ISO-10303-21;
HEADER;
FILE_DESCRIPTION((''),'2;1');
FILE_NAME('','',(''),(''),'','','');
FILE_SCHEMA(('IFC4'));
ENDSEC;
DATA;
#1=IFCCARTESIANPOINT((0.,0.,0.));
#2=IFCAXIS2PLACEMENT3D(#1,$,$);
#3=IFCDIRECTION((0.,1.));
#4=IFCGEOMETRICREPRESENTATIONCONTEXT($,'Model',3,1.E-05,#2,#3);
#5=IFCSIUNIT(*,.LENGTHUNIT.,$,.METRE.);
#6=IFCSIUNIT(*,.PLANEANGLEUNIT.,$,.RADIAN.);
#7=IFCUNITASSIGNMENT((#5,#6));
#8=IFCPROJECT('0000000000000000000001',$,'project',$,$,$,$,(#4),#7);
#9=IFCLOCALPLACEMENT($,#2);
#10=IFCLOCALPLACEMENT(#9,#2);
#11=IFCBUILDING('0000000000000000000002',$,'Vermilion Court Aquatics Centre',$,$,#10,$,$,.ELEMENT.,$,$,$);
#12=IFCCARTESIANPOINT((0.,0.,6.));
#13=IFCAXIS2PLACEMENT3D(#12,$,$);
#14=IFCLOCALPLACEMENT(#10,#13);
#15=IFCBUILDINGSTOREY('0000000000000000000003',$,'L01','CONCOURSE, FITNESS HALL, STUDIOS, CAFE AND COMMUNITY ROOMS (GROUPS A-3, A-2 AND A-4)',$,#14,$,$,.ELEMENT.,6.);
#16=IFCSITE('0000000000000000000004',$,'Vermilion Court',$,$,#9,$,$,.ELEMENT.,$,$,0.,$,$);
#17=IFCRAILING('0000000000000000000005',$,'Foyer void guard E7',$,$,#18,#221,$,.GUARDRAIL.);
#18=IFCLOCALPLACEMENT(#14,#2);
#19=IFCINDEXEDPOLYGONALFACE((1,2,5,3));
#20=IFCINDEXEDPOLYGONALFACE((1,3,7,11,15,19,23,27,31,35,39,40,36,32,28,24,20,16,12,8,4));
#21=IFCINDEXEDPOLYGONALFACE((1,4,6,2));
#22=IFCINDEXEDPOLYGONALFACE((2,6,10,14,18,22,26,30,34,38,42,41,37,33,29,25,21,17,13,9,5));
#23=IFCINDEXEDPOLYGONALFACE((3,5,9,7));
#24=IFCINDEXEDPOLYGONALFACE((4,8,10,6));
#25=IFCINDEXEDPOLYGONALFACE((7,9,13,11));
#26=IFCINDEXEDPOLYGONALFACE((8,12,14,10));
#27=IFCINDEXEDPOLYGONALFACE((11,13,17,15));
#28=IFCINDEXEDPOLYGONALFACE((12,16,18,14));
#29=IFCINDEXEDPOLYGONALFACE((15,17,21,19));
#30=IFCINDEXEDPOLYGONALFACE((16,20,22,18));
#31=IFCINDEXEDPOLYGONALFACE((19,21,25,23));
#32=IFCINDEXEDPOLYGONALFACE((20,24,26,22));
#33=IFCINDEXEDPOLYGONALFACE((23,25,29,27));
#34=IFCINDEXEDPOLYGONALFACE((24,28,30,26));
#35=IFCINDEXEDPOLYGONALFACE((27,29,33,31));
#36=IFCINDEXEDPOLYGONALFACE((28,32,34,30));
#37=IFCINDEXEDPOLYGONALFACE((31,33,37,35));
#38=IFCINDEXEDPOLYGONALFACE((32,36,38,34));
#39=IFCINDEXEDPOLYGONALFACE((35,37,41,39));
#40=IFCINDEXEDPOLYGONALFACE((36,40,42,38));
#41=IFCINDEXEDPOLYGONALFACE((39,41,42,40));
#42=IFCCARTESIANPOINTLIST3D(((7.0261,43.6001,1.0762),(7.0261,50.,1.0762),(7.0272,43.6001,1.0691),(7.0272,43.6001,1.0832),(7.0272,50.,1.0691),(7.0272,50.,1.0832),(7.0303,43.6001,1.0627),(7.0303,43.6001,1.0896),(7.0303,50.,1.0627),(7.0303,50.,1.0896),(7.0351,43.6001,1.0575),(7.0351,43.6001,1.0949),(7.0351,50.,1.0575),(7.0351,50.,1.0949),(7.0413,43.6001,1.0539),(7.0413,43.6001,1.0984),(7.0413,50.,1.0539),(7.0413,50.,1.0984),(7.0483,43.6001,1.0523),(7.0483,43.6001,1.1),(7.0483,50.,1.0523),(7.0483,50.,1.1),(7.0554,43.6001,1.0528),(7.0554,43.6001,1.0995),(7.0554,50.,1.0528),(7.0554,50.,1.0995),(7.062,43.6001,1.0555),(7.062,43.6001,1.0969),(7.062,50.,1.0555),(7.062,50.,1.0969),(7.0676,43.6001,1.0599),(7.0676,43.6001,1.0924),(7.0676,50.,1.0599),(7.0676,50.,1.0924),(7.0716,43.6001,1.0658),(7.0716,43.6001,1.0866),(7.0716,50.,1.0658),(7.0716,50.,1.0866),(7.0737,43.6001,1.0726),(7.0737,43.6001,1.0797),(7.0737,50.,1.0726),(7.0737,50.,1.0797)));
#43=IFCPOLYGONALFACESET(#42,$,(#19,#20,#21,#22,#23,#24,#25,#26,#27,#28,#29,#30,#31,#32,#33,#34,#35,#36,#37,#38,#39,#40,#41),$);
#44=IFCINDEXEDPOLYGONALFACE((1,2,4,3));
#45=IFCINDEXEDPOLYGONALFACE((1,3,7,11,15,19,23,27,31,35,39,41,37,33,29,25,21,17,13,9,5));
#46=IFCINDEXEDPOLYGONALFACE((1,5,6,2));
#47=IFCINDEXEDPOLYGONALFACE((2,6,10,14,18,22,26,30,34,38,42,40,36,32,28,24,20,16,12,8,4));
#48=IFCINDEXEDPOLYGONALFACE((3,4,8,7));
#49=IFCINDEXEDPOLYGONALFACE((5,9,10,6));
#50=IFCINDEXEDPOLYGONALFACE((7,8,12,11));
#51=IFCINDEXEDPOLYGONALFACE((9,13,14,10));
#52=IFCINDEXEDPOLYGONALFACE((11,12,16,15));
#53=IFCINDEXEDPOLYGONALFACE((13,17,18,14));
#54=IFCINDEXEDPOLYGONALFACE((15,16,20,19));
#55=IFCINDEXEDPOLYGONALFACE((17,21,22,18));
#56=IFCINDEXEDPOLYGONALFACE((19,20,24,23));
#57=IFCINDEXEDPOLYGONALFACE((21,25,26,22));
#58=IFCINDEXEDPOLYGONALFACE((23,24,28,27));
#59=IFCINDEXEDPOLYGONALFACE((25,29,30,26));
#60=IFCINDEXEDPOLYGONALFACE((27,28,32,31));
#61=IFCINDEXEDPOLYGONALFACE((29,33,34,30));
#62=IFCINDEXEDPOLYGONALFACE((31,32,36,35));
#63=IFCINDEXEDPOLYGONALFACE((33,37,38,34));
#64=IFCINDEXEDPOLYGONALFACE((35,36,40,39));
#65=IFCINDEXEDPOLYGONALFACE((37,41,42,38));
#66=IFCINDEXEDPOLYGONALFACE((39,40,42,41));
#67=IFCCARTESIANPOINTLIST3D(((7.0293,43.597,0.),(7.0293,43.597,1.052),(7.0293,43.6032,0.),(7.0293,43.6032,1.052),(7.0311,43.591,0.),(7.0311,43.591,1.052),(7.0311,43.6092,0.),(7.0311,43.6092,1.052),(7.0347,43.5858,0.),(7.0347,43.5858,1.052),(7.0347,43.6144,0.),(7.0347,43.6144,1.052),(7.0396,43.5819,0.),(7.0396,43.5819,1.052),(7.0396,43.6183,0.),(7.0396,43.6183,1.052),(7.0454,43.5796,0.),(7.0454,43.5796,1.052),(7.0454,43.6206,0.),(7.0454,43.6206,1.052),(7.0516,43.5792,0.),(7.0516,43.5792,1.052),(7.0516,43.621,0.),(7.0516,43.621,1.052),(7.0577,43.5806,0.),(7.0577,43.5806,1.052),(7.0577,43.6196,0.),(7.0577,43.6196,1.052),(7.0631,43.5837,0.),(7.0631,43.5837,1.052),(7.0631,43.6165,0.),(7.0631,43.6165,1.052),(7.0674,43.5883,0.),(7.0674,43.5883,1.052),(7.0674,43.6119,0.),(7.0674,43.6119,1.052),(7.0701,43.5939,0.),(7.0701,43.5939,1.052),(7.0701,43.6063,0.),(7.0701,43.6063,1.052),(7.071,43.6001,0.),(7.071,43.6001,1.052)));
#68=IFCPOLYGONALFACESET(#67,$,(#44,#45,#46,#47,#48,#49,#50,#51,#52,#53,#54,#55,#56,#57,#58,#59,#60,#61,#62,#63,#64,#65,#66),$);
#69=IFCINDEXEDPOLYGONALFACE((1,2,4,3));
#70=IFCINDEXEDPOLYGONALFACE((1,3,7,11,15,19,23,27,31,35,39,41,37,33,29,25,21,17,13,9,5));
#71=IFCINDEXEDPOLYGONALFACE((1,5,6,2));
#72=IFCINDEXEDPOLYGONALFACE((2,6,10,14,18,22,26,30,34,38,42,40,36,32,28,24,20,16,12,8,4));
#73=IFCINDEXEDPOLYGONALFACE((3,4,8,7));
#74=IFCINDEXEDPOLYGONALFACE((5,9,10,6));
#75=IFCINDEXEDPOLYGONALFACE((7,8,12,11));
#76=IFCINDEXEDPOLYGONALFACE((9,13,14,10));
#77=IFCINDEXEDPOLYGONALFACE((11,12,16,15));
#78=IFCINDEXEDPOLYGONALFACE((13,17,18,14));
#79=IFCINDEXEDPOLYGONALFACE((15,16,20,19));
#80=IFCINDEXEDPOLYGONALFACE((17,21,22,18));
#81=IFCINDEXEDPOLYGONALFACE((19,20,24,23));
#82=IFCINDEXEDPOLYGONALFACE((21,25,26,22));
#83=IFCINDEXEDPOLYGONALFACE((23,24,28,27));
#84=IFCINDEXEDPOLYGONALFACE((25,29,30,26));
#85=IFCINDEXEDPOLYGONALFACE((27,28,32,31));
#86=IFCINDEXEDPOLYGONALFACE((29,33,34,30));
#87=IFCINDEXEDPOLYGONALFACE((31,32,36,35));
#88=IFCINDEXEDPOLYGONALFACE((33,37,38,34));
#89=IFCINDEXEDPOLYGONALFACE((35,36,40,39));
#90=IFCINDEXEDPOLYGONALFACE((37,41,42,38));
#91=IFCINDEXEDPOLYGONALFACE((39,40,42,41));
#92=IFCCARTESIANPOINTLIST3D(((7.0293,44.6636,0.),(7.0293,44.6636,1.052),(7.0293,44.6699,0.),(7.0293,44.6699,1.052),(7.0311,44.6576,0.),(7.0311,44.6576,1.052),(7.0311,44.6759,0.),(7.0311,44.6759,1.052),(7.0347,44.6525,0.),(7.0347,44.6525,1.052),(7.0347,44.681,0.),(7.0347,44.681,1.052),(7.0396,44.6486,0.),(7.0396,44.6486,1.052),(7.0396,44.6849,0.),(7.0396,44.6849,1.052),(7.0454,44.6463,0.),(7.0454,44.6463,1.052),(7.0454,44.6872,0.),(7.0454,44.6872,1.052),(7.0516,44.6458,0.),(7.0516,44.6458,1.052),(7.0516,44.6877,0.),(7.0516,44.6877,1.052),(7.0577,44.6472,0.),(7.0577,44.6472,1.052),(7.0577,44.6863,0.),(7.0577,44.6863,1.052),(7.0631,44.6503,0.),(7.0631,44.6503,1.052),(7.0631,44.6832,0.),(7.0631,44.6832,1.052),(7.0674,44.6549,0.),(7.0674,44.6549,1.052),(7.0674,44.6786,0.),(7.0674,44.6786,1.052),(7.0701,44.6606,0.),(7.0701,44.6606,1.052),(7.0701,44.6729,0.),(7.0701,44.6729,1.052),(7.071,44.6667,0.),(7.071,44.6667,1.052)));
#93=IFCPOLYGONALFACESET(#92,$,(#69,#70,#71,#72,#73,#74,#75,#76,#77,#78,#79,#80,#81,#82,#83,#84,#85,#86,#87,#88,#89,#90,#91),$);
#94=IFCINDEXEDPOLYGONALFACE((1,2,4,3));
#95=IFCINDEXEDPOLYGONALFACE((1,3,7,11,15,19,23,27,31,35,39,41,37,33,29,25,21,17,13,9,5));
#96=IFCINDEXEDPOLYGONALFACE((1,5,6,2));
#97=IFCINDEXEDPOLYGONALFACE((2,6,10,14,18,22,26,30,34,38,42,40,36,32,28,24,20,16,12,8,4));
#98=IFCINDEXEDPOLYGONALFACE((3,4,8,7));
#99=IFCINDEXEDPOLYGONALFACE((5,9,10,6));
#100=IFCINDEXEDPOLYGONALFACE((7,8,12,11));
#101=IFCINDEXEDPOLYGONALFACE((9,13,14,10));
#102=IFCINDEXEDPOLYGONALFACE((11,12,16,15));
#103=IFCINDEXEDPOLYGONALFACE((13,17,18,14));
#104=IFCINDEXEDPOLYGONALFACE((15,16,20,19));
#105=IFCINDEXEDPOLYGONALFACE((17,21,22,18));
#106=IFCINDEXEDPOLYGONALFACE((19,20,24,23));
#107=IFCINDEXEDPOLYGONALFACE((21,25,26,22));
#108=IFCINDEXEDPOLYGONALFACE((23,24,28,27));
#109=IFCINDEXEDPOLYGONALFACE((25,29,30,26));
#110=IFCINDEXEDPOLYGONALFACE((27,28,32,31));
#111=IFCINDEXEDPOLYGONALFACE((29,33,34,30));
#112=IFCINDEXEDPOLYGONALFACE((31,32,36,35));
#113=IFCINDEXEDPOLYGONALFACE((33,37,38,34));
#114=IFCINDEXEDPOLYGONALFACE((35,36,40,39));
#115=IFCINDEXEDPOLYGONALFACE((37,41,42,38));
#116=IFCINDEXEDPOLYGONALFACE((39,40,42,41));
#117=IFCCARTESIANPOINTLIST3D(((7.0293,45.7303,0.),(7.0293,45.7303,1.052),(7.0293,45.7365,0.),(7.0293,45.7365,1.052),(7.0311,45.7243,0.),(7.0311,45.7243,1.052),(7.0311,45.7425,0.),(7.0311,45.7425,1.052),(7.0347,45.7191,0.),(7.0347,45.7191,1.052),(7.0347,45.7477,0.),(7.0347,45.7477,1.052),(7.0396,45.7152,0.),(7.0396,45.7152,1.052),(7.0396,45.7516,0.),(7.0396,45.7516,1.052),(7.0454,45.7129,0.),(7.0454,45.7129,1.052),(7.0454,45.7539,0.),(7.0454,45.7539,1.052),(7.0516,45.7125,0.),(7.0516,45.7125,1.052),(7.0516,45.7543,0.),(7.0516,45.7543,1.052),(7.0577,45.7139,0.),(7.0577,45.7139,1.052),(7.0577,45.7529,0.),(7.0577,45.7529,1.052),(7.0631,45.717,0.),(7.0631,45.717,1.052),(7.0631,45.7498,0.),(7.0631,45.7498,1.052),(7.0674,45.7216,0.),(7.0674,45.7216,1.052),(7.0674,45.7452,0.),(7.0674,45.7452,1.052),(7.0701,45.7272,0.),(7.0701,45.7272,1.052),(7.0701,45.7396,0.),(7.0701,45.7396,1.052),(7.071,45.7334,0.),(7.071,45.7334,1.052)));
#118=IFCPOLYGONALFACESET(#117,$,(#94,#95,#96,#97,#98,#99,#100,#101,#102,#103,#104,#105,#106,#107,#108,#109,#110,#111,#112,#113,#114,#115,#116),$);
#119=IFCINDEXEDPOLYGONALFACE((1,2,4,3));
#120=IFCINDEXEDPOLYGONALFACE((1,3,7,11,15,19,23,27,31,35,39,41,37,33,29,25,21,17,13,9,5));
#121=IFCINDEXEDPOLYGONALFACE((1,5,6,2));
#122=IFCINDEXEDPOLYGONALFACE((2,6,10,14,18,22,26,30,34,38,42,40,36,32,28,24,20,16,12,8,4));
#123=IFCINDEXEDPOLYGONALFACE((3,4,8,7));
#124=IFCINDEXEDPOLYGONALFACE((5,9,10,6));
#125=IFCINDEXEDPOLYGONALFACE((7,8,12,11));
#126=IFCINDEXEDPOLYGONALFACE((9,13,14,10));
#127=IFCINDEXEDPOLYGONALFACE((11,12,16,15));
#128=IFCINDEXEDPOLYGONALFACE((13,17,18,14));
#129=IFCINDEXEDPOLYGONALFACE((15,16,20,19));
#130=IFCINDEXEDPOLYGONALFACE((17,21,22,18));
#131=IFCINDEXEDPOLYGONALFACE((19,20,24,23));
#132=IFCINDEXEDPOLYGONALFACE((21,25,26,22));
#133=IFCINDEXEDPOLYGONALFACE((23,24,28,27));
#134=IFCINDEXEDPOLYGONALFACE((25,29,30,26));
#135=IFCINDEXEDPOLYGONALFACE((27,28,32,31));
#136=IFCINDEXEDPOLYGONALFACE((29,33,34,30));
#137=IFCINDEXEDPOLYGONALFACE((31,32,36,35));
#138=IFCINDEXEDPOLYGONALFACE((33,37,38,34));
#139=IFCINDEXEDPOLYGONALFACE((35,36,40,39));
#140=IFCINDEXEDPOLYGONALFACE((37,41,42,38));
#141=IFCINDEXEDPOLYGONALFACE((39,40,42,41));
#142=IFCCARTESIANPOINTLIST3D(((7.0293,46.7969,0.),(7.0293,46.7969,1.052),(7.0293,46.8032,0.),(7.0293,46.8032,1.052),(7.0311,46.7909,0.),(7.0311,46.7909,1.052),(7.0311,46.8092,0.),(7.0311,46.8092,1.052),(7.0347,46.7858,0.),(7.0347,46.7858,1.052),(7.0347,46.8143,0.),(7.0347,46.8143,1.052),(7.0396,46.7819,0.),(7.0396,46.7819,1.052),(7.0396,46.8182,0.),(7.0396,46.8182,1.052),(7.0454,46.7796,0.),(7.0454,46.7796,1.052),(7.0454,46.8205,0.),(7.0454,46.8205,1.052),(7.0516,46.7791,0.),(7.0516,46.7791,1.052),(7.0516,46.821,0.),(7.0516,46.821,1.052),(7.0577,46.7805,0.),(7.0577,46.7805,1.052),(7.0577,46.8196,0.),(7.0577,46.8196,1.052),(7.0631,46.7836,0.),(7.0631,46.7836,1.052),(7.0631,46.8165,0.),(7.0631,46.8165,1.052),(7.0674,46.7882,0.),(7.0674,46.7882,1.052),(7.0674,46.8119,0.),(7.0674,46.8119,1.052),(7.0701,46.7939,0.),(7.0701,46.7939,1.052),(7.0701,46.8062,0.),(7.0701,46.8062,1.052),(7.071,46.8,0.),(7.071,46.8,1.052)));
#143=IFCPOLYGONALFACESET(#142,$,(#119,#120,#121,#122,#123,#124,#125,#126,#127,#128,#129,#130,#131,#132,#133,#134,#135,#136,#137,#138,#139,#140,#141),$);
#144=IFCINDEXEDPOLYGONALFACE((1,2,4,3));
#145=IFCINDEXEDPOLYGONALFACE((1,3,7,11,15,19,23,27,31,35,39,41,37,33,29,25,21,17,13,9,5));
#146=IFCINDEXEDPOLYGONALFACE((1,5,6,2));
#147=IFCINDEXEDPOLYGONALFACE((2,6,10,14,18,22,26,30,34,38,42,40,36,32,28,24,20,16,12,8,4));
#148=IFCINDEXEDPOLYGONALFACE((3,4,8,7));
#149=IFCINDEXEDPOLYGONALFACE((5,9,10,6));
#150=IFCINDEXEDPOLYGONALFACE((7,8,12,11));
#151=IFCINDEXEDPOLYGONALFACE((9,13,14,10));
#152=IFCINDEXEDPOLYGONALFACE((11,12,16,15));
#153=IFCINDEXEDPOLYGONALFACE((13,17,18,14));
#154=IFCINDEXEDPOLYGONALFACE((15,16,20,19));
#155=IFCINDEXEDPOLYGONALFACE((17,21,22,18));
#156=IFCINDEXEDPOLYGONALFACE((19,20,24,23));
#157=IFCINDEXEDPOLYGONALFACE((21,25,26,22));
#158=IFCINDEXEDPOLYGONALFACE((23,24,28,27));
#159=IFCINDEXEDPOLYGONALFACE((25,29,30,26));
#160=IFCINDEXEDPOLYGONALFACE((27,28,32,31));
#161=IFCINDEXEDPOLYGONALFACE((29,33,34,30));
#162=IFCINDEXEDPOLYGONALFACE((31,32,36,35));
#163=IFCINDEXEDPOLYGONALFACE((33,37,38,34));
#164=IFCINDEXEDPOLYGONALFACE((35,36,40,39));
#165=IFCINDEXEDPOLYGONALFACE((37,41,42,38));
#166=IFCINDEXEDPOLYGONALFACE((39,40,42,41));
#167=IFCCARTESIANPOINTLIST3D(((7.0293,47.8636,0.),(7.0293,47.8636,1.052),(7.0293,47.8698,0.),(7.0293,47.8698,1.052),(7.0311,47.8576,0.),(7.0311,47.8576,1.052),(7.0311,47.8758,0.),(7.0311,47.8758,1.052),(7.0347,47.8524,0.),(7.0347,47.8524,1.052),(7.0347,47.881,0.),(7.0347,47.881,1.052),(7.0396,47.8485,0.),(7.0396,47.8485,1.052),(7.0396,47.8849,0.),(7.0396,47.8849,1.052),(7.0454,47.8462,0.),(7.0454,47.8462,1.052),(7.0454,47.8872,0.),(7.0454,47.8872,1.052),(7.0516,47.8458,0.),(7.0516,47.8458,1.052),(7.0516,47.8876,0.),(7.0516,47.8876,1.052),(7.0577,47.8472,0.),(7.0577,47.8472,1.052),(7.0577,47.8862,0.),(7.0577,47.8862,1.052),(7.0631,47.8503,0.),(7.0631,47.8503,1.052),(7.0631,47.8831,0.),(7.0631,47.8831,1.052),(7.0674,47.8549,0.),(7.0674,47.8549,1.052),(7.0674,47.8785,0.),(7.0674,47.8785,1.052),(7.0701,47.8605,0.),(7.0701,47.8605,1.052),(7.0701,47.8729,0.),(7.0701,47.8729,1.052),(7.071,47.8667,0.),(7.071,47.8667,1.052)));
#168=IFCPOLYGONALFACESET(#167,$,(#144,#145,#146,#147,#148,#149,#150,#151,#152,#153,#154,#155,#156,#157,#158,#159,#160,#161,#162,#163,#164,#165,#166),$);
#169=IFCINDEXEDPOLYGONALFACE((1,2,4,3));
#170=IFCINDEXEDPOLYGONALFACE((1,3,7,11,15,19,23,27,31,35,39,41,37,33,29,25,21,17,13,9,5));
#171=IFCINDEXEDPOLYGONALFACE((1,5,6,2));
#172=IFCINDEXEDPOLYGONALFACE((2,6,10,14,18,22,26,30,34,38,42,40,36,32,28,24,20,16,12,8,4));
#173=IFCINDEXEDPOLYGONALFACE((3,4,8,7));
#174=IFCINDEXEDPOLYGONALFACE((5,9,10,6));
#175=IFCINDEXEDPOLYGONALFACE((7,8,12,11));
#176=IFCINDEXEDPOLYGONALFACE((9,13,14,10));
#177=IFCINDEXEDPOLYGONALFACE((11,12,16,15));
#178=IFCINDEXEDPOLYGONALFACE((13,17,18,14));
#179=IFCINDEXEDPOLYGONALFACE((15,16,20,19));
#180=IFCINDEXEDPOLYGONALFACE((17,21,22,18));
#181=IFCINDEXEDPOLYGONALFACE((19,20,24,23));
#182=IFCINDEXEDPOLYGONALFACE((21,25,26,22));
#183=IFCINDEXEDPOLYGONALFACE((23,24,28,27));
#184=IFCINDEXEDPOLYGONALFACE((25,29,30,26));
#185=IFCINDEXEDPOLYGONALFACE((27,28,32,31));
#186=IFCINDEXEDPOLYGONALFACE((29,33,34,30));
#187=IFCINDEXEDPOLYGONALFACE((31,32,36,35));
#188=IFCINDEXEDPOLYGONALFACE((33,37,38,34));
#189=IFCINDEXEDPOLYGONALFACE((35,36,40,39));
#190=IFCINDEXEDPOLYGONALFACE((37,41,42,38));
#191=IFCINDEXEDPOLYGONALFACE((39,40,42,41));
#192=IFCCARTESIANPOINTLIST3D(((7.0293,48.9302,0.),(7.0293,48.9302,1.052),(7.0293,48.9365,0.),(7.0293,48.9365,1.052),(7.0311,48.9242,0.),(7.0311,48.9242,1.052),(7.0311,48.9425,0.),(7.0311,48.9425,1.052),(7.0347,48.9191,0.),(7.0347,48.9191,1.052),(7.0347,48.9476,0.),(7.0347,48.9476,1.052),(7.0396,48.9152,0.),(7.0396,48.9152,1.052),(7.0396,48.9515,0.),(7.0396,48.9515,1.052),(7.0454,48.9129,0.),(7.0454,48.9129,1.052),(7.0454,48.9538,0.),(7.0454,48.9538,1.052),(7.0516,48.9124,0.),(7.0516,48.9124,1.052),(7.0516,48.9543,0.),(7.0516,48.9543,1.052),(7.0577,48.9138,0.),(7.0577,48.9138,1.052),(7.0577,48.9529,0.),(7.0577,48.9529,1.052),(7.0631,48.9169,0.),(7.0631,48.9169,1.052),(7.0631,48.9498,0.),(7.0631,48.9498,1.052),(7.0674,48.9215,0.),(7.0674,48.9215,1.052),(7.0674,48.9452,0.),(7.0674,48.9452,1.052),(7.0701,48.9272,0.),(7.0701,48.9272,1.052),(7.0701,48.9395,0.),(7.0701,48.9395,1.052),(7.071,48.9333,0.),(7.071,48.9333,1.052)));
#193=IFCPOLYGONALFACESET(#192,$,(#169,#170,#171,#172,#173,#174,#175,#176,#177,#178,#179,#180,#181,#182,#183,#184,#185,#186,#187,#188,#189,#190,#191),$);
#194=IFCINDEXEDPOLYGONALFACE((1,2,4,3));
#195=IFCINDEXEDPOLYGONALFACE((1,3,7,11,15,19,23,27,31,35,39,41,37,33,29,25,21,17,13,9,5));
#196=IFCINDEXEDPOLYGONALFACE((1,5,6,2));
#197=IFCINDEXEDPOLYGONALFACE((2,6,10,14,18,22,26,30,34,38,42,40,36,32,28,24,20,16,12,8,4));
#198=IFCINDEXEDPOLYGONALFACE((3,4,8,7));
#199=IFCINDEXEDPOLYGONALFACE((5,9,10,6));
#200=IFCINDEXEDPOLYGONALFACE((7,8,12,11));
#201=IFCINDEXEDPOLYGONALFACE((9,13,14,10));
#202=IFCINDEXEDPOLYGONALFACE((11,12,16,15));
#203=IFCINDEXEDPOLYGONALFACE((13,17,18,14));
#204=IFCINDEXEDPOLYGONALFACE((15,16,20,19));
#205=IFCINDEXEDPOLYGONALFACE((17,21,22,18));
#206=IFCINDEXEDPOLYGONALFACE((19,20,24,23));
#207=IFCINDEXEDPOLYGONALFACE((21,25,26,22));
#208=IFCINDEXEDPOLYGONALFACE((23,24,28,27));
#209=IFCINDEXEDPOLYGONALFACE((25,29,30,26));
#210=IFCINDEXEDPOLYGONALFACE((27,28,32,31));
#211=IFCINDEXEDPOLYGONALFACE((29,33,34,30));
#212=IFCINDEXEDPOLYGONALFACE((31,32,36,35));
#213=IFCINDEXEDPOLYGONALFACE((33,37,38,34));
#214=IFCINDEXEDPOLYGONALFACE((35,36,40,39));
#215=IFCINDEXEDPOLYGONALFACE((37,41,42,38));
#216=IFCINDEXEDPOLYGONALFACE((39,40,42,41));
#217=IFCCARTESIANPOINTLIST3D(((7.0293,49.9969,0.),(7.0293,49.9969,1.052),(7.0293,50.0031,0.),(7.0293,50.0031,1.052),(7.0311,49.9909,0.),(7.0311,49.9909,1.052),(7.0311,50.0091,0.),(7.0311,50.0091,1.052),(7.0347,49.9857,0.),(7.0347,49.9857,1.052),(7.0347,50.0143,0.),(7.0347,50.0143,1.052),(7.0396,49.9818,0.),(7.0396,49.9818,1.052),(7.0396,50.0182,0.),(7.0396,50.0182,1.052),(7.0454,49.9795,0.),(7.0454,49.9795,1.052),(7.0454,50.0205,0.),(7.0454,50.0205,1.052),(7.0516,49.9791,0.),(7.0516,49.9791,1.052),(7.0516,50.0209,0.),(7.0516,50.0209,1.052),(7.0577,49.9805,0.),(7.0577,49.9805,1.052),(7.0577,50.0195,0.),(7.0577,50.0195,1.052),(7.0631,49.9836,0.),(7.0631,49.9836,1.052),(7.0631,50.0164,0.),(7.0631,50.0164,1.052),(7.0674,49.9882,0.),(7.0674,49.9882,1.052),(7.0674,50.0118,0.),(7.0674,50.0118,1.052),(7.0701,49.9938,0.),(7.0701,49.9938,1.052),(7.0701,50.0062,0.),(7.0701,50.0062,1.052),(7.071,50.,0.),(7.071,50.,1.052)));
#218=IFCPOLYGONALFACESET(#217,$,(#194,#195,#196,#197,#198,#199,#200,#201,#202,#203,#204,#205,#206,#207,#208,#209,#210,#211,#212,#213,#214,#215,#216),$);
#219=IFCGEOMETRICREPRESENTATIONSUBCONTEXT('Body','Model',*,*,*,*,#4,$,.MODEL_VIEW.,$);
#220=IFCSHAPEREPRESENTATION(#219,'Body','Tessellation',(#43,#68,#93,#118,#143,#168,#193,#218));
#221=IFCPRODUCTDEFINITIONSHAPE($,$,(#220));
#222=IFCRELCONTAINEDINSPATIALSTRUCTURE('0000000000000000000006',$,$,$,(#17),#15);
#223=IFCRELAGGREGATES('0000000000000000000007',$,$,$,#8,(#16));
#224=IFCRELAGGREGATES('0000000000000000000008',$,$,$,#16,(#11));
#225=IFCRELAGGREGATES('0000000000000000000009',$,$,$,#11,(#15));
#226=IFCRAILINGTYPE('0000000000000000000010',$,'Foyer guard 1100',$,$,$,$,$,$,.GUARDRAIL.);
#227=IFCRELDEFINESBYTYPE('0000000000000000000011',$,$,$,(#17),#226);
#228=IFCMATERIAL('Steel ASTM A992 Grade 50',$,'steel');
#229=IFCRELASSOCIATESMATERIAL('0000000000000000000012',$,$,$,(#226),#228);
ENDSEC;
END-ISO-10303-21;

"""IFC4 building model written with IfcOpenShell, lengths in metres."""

from ifc_helpers import new_model, si_unit, direction, frame, origin, origin_2d, place, context, subcontext, project, spatial, circle, extrude, material, type_object, element, save


model = new_model("IFC4")

# Units and contexts
model_context = context("Model", 3, precision=1e-05, world=origin(), true_north=direction((0.0, 1.0)))
body_context = subcontext(model_context, "Body", "Model", "MODEL_VIEW")
ifc_project = project(units=[si_unit("LENGTHUNIT", "METRE"), si_unit("PLANEANGLEUNIT", "RADIAN")], contexts=[model_context])

# Site, building, storey
site_placement = place(None, origin())
site = spatial("IfcSite", under=ifc_project, at=site_placement, Name="Vermilion Court", CompositionType="ELEMENT", RefElevation=0.0)
building_placement = place(site_placement, origin())
building = spatial("IfcBuilding", under=site, at=building_placement, Name="Vermilion Court Aquatics Centre", CompositionType="ELEMENT")
storey_placement = place(building_placement, frame((0.0, 0.0, 6.0)))
storey = spatial("IfcBuildingStorey", under=building, at=storey_placement, Name="L01", Description="CONCOURSE, FITNESS HALL, STUDIOS, CAFE AND COMMUNITY ROOMS (GROUPS A-3, A-2 AND A-4)", CompositionType="ELEMENT", Elevation=6.0)

# Railing
ifc_material_1 = material(Name="Steel ASTM A992 Grade 50", Category="steel")
railing_type = type_object("IfcRailingType", Name="Foyer guard 1100", PredefinedType="GUARDRAIL", material=ifc_material_1)
railing_placement = place(storey_placement, frame((7.05, 43.6001, 0.0)))
element("IfcRailing", 1, at=railing_placement, inside=storey, type_object=railing_type, Name="Foyer void guard E7", PredefinedType="GUARDRAIL", context=body_context, shape_type="SweptSolid", body=[
    extrude(circle(Radius=0.0239, at=origin_2d()), frame((0.0, 0.0, 1.0762), z_axis=(0.0, 1.0, 0.0), x_axis=(-1.0, 0.0, 0.0)), (0.0, 0.0, 1.0), 6.3999),
    extrude(circle(Radius=0.021, at=origin_2d()), origin(), (0.0, 0.0, 1.0), 1.052),
    extrude(circle(Radius=0.021, at=origin_2d()), frame((0.0, 1.0667, 0.0)), (0.0, 0.0, 1.0), 1.052),
    extrude(circle(Radius=0.021, at=origin_2d()), frame((0.0, 2.1333, 0.0)), (0.0, 0.0, 1.0), 1.052),
    extrude(circle(Radius=0.021, at=origin_2d()), frame((0.0, 3.2, 0.0)), (0.0, 0.0, 1.0), 1.052),
    extrude(circle(Radius=0.021, at=origin_2d()), frame((0.0, 4.2666, 0.0)), (0.0, 0.0, 1.0), 1.052),
    extrude(circle(Radius=0.021, at=origin_2d()), frame((0.0, 5.3333, 0.0)), (0.0, 0.0, 1.0), 1.052),
    extrude(circle(Radius=0.021, at=origin_2d()), frame((0.0, 6.3999, 0.0)), (0.0, 0.0, 1.0), 1.052),
])

save(model, "model.ifc")
